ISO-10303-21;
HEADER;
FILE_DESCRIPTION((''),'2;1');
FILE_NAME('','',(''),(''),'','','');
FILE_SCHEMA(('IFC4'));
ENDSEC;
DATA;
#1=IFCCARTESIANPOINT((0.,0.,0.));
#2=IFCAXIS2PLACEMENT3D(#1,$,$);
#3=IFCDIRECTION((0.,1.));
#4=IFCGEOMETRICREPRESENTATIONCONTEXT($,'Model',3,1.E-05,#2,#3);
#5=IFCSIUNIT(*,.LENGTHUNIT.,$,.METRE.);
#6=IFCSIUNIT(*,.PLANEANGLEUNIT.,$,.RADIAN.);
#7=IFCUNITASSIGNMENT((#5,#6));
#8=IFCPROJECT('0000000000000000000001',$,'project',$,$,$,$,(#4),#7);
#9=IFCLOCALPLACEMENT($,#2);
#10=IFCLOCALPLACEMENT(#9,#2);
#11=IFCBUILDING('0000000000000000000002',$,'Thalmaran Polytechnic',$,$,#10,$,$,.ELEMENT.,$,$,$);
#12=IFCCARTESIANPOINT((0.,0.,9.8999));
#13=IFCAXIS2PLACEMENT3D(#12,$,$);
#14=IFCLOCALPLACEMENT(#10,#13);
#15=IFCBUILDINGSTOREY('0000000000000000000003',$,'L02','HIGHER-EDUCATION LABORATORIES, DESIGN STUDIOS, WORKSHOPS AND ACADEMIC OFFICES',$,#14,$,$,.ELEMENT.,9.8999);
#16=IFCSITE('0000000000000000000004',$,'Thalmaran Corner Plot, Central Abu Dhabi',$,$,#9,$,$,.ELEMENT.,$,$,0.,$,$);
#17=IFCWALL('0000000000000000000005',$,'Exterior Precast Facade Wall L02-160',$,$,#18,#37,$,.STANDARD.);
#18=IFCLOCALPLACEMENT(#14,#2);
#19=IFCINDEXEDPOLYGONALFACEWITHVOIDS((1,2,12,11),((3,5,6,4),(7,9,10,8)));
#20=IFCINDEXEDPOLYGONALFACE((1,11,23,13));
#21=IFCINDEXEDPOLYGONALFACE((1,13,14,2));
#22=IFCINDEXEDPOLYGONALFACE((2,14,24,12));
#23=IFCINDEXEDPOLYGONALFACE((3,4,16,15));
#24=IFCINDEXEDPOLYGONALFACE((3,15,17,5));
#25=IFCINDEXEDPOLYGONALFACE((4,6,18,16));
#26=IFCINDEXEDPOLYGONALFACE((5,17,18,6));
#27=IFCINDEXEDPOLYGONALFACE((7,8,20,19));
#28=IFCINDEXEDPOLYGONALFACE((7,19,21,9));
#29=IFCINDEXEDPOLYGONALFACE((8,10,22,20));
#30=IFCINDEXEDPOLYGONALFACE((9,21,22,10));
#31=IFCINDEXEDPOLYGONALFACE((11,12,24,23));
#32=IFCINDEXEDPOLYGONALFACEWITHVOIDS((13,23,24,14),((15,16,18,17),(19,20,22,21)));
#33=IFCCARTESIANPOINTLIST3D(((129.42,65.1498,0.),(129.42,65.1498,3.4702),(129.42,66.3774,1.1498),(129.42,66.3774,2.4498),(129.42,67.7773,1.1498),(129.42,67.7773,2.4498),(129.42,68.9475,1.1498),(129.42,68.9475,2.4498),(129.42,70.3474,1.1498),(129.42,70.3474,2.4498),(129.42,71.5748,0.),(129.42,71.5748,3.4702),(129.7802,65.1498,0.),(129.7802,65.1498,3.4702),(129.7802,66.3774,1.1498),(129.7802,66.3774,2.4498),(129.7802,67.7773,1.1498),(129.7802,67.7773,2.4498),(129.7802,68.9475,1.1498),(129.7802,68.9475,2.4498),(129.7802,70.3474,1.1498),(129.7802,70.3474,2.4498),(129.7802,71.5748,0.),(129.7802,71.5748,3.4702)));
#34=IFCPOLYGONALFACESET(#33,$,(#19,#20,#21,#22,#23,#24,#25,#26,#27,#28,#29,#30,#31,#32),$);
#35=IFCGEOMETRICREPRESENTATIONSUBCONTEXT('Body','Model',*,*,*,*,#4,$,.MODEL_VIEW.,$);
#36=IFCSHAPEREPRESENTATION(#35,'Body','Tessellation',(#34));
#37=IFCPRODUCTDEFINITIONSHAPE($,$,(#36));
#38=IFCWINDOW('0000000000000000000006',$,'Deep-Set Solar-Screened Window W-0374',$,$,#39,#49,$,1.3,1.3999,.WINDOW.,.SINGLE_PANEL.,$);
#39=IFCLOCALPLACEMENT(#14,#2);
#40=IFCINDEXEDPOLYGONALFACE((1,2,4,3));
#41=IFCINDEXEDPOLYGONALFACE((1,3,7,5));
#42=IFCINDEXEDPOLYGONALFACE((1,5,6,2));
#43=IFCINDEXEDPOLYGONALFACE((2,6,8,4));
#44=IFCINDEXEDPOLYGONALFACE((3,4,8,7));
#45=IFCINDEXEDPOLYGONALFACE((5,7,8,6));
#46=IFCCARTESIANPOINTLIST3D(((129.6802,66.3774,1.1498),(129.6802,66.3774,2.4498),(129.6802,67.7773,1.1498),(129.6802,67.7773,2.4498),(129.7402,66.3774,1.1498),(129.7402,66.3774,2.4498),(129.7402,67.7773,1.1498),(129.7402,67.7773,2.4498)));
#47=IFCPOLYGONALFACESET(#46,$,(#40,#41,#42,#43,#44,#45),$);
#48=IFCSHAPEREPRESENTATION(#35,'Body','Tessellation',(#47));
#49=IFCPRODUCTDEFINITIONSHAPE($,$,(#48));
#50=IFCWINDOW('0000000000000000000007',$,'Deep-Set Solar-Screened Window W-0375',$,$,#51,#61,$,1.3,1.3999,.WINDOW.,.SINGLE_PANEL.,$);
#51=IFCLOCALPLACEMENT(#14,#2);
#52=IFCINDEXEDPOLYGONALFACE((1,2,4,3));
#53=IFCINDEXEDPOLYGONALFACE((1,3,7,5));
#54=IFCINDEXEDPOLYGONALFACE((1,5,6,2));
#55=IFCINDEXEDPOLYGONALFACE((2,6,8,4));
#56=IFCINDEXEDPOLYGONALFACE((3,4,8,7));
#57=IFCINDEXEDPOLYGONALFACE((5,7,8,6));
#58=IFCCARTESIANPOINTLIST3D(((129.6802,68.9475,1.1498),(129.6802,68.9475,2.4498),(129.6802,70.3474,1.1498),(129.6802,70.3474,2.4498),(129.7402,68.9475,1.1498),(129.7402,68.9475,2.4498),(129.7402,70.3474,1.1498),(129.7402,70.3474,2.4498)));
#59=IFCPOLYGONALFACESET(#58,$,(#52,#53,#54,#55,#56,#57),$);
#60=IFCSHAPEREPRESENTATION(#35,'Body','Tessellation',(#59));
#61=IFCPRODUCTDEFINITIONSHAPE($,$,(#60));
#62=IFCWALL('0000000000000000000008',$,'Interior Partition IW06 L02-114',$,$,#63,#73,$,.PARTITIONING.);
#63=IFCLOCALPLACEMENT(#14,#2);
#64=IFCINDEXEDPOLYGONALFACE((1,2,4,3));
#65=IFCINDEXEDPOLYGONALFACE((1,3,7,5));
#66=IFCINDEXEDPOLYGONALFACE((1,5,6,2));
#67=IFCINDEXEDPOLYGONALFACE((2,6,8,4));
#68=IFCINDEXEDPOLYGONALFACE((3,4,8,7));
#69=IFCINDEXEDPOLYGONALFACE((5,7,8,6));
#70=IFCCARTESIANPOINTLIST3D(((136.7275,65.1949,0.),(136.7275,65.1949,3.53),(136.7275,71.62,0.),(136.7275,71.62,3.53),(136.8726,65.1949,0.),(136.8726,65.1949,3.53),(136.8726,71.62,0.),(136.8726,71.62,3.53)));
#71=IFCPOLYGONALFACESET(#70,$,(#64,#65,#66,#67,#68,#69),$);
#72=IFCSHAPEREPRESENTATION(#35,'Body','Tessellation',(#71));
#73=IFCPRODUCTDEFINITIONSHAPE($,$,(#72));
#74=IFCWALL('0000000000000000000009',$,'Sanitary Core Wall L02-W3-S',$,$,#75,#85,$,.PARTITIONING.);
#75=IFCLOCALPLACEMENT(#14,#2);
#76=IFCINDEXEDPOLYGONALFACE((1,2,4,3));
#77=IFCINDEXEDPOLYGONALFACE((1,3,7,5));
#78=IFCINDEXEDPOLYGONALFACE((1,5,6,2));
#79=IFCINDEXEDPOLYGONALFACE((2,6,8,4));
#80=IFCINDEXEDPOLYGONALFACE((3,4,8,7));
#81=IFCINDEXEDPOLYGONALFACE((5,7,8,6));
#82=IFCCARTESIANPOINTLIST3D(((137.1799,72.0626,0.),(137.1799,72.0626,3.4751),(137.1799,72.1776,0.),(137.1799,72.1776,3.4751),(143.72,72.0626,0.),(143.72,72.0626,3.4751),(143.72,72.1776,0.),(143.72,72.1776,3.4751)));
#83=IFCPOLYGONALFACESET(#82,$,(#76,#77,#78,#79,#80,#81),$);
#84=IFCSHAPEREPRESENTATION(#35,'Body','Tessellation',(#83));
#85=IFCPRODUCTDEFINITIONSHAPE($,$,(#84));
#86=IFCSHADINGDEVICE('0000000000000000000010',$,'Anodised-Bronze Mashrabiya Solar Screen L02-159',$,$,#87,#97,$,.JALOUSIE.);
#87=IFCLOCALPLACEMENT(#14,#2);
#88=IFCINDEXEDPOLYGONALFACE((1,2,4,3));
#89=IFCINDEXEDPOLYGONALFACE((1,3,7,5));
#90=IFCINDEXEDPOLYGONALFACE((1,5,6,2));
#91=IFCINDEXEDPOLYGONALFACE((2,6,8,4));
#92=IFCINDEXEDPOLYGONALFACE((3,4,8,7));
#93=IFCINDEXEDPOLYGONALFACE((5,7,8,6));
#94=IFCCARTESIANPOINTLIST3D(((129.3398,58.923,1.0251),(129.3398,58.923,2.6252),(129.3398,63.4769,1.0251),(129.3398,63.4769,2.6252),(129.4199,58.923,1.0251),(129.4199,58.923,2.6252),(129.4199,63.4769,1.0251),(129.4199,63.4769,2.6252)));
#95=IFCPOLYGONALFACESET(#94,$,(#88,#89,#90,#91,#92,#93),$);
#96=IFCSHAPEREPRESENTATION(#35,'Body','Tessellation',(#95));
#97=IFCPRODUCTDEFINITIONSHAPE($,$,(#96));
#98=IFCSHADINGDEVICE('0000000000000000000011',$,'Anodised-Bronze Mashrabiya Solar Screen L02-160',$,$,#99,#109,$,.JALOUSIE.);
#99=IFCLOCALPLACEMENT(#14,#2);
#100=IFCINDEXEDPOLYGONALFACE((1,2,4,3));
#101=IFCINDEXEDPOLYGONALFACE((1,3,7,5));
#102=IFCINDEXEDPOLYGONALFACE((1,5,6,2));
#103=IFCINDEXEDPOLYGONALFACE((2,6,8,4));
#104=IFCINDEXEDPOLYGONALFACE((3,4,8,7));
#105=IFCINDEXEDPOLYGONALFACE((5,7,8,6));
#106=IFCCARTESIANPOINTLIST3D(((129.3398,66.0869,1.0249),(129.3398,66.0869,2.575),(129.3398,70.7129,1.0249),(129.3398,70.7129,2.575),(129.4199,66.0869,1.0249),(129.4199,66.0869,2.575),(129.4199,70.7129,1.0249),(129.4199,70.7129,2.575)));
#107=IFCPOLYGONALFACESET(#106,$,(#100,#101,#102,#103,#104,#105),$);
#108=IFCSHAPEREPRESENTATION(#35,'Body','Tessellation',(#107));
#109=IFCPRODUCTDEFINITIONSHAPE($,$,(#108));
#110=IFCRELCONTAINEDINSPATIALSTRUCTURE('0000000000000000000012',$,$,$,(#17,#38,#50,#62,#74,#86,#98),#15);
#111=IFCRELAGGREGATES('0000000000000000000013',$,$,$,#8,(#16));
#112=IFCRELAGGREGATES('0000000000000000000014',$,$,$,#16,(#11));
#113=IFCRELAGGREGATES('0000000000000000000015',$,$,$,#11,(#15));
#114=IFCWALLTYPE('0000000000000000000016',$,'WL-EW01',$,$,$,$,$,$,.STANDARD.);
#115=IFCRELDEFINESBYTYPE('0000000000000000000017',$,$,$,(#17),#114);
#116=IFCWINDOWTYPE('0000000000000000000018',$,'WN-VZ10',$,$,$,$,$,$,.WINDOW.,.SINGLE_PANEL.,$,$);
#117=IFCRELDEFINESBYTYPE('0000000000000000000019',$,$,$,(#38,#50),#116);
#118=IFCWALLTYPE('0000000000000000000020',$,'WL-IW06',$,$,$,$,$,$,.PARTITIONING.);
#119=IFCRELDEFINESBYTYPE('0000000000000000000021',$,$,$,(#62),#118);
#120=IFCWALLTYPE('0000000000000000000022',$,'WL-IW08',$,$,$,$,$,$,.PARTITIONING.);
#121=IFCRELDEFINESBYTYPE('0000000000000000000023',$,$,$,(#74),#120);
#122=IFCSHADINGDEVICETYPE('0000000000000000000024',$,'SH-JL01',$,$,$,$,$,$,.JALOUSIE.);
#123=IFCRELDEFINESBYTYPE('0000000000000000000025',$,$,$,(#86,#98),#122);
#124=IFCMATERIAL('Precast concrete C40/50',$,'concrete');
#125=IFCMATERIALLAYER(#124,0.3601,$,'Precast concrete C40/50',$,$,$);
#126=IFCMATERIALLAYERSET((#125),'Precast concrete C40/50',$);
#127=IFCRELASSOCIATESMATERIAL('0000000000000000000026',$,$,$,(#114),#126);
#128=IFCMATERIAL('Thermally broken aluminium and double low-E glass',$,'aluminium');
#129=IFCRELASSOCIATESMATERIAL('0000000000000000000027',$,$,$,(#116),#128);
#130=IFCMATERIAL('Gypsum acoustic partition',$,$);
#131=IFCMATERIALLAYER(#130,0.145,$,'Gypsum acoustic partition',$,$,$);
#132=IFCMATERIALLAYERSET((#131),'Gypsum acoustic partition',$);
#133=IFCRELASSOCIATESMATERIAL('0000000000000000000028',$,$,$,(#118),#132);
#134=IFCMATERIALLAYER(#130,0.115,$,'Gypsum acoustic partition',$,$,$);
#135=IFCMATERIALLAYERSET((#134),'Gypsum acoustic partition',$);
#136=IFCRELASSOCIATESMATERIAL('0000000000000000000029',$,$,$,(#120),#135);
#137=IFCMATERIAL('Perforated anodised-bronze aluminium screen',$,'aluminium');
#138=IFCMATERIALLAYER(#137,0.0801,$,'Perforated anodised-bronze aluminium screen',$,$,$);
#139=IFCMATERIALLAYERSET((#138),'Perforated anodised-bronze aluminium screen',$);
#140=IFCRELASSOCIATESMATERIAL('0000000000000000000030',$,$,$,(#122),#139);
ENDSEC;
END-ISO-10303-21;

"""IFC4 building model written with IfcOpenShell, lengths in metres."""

from ifc_helpers import new_model, si_unit, direction, frame, frame_2d, origin, origin_2d, place, context, subcontext, project, spatial, rectangle, extrude, material, layer, layer_set, type_object, element, fill, save


model = new_model("IFC4")

# Units and contexts
model_context = context("Model", 3, precision=1e-05, world=origin(), true_north=direction((0.0, 1.0)))
body_context = subcontext(model_context, "Body", "Model", "MODEL_VIEW")
ifc_project = project(units=[si_unit("LENGTHUNIT", "METRE"), si_unit("PLANEANGLEUNIT", "RADIAN")], contexts=[model_context])

# Site, building, storey
site_placement = place(None, origin())
site = spatial("IfcSite", under=ifc_project, at=site_placement, Name="Thalmaran Corner Plot, Central Abu Dhabi", CompositionType="ELEMENT", RefElevation=0.0)
building_placement = place(site_placement, origin())
building = spatial("IfcBuilding", under=site, at=building_placement, Name="Thalmaran Polytechnic", CompositionType="ELEMENT")
storey_placement = place(building_placement, frame((0.0, 0.0, 9.8999)))
storey = spatial("IfcBuildingStorey", under=building, at=storey_placement, Name="L02", Description="HIGHER-EDUCATION LABORATORIES, DESIGN STUDIOS, WORKSHOPS AND ACADEMIC OFFICES", CompositionType="ELEMENT", Elevation=9.8999)

# Wall, openings, windows
ifc_material_1 = material(Name="Precast concrete C40/50", Category="concrete")
ifc_layer_1 = layer(ifc_material_1, 0.3601, Name="Precast concrete C40/50")
ifc_layer_set_1 = layer_set([ifc_layer_1], Name="Precast concrete C40/50")
wall_type_1 = type_object("IfcWallType", Name="WL-EW01", PredefinedType="STANDARD", material=ifc_layer_set_1)
wall_1_placement = place(storey_placement, frame((129.6001, 65.1499, 0.0), z_axis=(0.0, 0.0, 1.0), x_axis=(0.0, 1.0, 0.0)))
wall_1 = element("IfcWall", 1, at=wall_1_placement, inside=storey, type_object=wall_type_1, Name="Exterior Precast Facade Wall L02-160", PredefinedType="STANDARD", context=body_context, shape_type="SweptSolid", body=[
    extrude(rectangle(XDim=6.425, YDim=0.3601, at=frame_2d((3.2124, 0.0))), origin(), (0.0, 0.0, 1.0), 3.4702),
])
opening_1_placement = place(wall_1_placement, frame((1.2275, 0.0, 1.1499)))
opening_1 = element("IfcOpeningElement", 2, at=opening_1_placement, cuts=wall_1, PredefinedType="OPENING", context=body_context, shape_type="SweptSolid", body=[
    extrude(rectangle(XDim=1.3999, YDim=1.3, at=frame_2d((0.7, 0.6499))), frame((0.0, 0.1899, 0.0), z_axis=(0.0, -1.0, 0.0), x_axis=(1.0, 0.0, 0.0)), (0.0, 0.0, 1.0), 0.3801),
])
opening_2_placement = place(wall_1_placement, frame((3.7976, 0.0, 1.1499)))
opening_2 = element("IfcOpeningElement", 3, at=opening_2_placement, cuts=wall_1, PredefinedType="OPENING", context=body_context, shape_type="SweptSolid", body=[
    extrude(rectangle(XDim=1.3999, YDim=1.3, at=frame_2d((0.7, 0.6499))), frame((0.0, 0.1899, 0.0), z_axis=(0.0, -1.0, 0.0), x_axis=(1.0, 0.0, 0.0)), (0.0, 0.0, 1.0), 0.3801),
])
ifc_material_2 = material(Name="Thermally broken aluminium and double low-E glass", Category="aluminium")
window_type = type_object("IfcWindowType", Name="WN-VZ10", PartitioningType="SINGLE_PANEL", PredefinedType="WINDOW", material=ifc_material_2)
window_1_placement = place(opening_1_placement, origin())
window_1 = element("IfcWindow", 4, at=window_1_placement, inside=storey, type_object=window_type, Name="Deep-Set Solar-Screened Window W-0374", OverallHeight=1.3, OverallWidth=1.3999, PartitioningType="SINGLE_PANEL", PredefinedType="WINDOW", context=body_context, shape_type="SweptSolid", body=[
    extrude(rectangle(XDim=1.3999, YDim=1.3, at=frame_2d((0.7, 0.6499))), frame((0.0, -0.0801, 0.0), z_axis=(0.0, -1.0, 0.0), x_axis=(1.0, 0.0, 0.0)), (0.0, 0.0, 1.0), 0.0601),
])
fill(opening_1, window_1)
window_2_placement = place(opening_2_placement, origin())
window_2 = element("IfcWindow", 5, at=window_2_placement, inside=storey, type_object=window_type, Name="Deep-Set Solar-Screened Window W-0375", OverallHeight=1.3, OverallWidth=1.3999, PartitioningType="SINGLE_PANEL", PredefinedType="WINDOW", context=body_context, shape_type="SweptSolid", body=[
    extrude(rectangle(XDim=1.3999, YDim=1.3, at=frame_2d((0.7, 0.6499))), frame((0.0, -0.0801, 0.0), z_axis=(0.0, -1.0, 0.0), x_axis=(1.0, 0.0, 0.0)), (0.0, 0.0, 1.0), 0.0601),
])
fill(opening_2, window_2)

# Walls
ifc_material_3 = material(Name="Gypsum acoustic partition")
ifc_layer_2 = layer(ifc_material_3, 0.145, Name="Gypsum acoustic partition")
ifc_layer_set_2 = layer_set([ifc_layer_2], Name="Gypsum acoustic partition")
wall_type_2 = type_object("IfcWallType", Name="WL-IW06", PredefinedType="PARTITIONING", material=ifc_layer_set_2)
wall_2_placement = place(storey_placement, frame((136.8, 65.1951, 0.0), z_axis=(0.0, 0.0, 1.0), x_axis=(0.0, 1.0, 0.0)))
element("IfcWall", 6, at=wall_2_placement, inside=storey, type_object=wall_type_2, Name="Interior Partition IW06 L02-114", PredefinedType="PARTITIONING", context=body_context, shape_type="SweptSolid", body=[
    extrude(rectangle(XDim=6.425, YDim=0.145, at=frame_2d((3.2124, 0.0))), origin(), (0.0, 0.0, 1.0), 3.53),
])
ifc_layer_3 = layer(ifc_material_3, 0.115, Name="Gypsum acoustic partition")
ifc_layer_set_3 = layer_set([ifc_layer_3], Name="Gypsum acoustic partition")
wall_type_3 = type_object("IfcWallType", Name="WL-IW08", PredefinedType="PARTITIONING", material=ifc_layer_set_3)
wall_3_placement = place(storey_placement, frame((137.1799, 72.1201, 0.0), z_axis=(0.0, 0.0, 1.0), x_axis=(1.0, 0.0, 0.0)))
element("IfcWall", 7, at=wall_3_placement, inside=storey, type_object=wall_type_3, Name="Sanitary Core Wall L02-W3-S", PredefinedType="PARTITIONING", context=body_context, shape_type="SweptSolid", body=[
    extrude(rectangle(XDim=6.54, YDim=0.115, at=frame_2d((3.27, 0.0))), origin(), (0.0, 0.0, 1.0), 3.4751),
])

# Shading devices
ifc_material_4 = material(Name="Perforated anodised-bronze aluminium screen", Category="aluminium")
ifc_layer_4 = layer(ifc_material_4, 0.0801, Name="Perforated anodised-bronze aluminium screen")
ifc_layer_set_4 = layer_set([ifc_layer_4], Name="Perforated anodised-bronze aluminium screen")
shading_device_type = type_object("IfcShadingDeviceType", Name="SH-JL01", PredefinedType="JALOUSIE", material=ifc_layer_set_4)
shading_device_1_placement = place(storey_placement, frame((129.3799, 61.2, 1.0251), z_axis=(0.0, 0.0, 1.0), x_axis=(0.0, 1.0, 0.0)))
element("IfcShadingDevice", 8, at=shading_device_1_placement, inside=storey, type_object=shading_device_type, Name="Anodised-Bronze Mashrabiya Solar Screen L02-159", PredefinedType="JALOUSIE", context=body_context, shape_type="SweptSolid", body=[
    extrude(rectangle(XDim=4.554, YDim=0.0801, at=origin_2d()), origin(), (0.0, 0.0, 1.0), 1.6001),
])
shading_device_2_placement = place(storey_placement, frame((129.3799, 68.3999, 1.0249), z_axis=(0.0, 0.0, 1.0), x_axis=(0.0, 1.0, 0.0)))
element("IfcShadingDevice", 9, at=shading_device_2_placement, inside=storey, type_object=shading_device_type, Name="Anodised-Bronze Mashrabiya Solar Screen L02-160", PredefinedType="JALOUSIE", context=body_context, shape_type="SweptSolid", body=[
    extrude(rectangle(XDim=4.626, YDim=0.0801, at=origin_2d()), origin(), (0.0, 0.0, 1.0), 1.55),
])

save(model, "model.ifc")
